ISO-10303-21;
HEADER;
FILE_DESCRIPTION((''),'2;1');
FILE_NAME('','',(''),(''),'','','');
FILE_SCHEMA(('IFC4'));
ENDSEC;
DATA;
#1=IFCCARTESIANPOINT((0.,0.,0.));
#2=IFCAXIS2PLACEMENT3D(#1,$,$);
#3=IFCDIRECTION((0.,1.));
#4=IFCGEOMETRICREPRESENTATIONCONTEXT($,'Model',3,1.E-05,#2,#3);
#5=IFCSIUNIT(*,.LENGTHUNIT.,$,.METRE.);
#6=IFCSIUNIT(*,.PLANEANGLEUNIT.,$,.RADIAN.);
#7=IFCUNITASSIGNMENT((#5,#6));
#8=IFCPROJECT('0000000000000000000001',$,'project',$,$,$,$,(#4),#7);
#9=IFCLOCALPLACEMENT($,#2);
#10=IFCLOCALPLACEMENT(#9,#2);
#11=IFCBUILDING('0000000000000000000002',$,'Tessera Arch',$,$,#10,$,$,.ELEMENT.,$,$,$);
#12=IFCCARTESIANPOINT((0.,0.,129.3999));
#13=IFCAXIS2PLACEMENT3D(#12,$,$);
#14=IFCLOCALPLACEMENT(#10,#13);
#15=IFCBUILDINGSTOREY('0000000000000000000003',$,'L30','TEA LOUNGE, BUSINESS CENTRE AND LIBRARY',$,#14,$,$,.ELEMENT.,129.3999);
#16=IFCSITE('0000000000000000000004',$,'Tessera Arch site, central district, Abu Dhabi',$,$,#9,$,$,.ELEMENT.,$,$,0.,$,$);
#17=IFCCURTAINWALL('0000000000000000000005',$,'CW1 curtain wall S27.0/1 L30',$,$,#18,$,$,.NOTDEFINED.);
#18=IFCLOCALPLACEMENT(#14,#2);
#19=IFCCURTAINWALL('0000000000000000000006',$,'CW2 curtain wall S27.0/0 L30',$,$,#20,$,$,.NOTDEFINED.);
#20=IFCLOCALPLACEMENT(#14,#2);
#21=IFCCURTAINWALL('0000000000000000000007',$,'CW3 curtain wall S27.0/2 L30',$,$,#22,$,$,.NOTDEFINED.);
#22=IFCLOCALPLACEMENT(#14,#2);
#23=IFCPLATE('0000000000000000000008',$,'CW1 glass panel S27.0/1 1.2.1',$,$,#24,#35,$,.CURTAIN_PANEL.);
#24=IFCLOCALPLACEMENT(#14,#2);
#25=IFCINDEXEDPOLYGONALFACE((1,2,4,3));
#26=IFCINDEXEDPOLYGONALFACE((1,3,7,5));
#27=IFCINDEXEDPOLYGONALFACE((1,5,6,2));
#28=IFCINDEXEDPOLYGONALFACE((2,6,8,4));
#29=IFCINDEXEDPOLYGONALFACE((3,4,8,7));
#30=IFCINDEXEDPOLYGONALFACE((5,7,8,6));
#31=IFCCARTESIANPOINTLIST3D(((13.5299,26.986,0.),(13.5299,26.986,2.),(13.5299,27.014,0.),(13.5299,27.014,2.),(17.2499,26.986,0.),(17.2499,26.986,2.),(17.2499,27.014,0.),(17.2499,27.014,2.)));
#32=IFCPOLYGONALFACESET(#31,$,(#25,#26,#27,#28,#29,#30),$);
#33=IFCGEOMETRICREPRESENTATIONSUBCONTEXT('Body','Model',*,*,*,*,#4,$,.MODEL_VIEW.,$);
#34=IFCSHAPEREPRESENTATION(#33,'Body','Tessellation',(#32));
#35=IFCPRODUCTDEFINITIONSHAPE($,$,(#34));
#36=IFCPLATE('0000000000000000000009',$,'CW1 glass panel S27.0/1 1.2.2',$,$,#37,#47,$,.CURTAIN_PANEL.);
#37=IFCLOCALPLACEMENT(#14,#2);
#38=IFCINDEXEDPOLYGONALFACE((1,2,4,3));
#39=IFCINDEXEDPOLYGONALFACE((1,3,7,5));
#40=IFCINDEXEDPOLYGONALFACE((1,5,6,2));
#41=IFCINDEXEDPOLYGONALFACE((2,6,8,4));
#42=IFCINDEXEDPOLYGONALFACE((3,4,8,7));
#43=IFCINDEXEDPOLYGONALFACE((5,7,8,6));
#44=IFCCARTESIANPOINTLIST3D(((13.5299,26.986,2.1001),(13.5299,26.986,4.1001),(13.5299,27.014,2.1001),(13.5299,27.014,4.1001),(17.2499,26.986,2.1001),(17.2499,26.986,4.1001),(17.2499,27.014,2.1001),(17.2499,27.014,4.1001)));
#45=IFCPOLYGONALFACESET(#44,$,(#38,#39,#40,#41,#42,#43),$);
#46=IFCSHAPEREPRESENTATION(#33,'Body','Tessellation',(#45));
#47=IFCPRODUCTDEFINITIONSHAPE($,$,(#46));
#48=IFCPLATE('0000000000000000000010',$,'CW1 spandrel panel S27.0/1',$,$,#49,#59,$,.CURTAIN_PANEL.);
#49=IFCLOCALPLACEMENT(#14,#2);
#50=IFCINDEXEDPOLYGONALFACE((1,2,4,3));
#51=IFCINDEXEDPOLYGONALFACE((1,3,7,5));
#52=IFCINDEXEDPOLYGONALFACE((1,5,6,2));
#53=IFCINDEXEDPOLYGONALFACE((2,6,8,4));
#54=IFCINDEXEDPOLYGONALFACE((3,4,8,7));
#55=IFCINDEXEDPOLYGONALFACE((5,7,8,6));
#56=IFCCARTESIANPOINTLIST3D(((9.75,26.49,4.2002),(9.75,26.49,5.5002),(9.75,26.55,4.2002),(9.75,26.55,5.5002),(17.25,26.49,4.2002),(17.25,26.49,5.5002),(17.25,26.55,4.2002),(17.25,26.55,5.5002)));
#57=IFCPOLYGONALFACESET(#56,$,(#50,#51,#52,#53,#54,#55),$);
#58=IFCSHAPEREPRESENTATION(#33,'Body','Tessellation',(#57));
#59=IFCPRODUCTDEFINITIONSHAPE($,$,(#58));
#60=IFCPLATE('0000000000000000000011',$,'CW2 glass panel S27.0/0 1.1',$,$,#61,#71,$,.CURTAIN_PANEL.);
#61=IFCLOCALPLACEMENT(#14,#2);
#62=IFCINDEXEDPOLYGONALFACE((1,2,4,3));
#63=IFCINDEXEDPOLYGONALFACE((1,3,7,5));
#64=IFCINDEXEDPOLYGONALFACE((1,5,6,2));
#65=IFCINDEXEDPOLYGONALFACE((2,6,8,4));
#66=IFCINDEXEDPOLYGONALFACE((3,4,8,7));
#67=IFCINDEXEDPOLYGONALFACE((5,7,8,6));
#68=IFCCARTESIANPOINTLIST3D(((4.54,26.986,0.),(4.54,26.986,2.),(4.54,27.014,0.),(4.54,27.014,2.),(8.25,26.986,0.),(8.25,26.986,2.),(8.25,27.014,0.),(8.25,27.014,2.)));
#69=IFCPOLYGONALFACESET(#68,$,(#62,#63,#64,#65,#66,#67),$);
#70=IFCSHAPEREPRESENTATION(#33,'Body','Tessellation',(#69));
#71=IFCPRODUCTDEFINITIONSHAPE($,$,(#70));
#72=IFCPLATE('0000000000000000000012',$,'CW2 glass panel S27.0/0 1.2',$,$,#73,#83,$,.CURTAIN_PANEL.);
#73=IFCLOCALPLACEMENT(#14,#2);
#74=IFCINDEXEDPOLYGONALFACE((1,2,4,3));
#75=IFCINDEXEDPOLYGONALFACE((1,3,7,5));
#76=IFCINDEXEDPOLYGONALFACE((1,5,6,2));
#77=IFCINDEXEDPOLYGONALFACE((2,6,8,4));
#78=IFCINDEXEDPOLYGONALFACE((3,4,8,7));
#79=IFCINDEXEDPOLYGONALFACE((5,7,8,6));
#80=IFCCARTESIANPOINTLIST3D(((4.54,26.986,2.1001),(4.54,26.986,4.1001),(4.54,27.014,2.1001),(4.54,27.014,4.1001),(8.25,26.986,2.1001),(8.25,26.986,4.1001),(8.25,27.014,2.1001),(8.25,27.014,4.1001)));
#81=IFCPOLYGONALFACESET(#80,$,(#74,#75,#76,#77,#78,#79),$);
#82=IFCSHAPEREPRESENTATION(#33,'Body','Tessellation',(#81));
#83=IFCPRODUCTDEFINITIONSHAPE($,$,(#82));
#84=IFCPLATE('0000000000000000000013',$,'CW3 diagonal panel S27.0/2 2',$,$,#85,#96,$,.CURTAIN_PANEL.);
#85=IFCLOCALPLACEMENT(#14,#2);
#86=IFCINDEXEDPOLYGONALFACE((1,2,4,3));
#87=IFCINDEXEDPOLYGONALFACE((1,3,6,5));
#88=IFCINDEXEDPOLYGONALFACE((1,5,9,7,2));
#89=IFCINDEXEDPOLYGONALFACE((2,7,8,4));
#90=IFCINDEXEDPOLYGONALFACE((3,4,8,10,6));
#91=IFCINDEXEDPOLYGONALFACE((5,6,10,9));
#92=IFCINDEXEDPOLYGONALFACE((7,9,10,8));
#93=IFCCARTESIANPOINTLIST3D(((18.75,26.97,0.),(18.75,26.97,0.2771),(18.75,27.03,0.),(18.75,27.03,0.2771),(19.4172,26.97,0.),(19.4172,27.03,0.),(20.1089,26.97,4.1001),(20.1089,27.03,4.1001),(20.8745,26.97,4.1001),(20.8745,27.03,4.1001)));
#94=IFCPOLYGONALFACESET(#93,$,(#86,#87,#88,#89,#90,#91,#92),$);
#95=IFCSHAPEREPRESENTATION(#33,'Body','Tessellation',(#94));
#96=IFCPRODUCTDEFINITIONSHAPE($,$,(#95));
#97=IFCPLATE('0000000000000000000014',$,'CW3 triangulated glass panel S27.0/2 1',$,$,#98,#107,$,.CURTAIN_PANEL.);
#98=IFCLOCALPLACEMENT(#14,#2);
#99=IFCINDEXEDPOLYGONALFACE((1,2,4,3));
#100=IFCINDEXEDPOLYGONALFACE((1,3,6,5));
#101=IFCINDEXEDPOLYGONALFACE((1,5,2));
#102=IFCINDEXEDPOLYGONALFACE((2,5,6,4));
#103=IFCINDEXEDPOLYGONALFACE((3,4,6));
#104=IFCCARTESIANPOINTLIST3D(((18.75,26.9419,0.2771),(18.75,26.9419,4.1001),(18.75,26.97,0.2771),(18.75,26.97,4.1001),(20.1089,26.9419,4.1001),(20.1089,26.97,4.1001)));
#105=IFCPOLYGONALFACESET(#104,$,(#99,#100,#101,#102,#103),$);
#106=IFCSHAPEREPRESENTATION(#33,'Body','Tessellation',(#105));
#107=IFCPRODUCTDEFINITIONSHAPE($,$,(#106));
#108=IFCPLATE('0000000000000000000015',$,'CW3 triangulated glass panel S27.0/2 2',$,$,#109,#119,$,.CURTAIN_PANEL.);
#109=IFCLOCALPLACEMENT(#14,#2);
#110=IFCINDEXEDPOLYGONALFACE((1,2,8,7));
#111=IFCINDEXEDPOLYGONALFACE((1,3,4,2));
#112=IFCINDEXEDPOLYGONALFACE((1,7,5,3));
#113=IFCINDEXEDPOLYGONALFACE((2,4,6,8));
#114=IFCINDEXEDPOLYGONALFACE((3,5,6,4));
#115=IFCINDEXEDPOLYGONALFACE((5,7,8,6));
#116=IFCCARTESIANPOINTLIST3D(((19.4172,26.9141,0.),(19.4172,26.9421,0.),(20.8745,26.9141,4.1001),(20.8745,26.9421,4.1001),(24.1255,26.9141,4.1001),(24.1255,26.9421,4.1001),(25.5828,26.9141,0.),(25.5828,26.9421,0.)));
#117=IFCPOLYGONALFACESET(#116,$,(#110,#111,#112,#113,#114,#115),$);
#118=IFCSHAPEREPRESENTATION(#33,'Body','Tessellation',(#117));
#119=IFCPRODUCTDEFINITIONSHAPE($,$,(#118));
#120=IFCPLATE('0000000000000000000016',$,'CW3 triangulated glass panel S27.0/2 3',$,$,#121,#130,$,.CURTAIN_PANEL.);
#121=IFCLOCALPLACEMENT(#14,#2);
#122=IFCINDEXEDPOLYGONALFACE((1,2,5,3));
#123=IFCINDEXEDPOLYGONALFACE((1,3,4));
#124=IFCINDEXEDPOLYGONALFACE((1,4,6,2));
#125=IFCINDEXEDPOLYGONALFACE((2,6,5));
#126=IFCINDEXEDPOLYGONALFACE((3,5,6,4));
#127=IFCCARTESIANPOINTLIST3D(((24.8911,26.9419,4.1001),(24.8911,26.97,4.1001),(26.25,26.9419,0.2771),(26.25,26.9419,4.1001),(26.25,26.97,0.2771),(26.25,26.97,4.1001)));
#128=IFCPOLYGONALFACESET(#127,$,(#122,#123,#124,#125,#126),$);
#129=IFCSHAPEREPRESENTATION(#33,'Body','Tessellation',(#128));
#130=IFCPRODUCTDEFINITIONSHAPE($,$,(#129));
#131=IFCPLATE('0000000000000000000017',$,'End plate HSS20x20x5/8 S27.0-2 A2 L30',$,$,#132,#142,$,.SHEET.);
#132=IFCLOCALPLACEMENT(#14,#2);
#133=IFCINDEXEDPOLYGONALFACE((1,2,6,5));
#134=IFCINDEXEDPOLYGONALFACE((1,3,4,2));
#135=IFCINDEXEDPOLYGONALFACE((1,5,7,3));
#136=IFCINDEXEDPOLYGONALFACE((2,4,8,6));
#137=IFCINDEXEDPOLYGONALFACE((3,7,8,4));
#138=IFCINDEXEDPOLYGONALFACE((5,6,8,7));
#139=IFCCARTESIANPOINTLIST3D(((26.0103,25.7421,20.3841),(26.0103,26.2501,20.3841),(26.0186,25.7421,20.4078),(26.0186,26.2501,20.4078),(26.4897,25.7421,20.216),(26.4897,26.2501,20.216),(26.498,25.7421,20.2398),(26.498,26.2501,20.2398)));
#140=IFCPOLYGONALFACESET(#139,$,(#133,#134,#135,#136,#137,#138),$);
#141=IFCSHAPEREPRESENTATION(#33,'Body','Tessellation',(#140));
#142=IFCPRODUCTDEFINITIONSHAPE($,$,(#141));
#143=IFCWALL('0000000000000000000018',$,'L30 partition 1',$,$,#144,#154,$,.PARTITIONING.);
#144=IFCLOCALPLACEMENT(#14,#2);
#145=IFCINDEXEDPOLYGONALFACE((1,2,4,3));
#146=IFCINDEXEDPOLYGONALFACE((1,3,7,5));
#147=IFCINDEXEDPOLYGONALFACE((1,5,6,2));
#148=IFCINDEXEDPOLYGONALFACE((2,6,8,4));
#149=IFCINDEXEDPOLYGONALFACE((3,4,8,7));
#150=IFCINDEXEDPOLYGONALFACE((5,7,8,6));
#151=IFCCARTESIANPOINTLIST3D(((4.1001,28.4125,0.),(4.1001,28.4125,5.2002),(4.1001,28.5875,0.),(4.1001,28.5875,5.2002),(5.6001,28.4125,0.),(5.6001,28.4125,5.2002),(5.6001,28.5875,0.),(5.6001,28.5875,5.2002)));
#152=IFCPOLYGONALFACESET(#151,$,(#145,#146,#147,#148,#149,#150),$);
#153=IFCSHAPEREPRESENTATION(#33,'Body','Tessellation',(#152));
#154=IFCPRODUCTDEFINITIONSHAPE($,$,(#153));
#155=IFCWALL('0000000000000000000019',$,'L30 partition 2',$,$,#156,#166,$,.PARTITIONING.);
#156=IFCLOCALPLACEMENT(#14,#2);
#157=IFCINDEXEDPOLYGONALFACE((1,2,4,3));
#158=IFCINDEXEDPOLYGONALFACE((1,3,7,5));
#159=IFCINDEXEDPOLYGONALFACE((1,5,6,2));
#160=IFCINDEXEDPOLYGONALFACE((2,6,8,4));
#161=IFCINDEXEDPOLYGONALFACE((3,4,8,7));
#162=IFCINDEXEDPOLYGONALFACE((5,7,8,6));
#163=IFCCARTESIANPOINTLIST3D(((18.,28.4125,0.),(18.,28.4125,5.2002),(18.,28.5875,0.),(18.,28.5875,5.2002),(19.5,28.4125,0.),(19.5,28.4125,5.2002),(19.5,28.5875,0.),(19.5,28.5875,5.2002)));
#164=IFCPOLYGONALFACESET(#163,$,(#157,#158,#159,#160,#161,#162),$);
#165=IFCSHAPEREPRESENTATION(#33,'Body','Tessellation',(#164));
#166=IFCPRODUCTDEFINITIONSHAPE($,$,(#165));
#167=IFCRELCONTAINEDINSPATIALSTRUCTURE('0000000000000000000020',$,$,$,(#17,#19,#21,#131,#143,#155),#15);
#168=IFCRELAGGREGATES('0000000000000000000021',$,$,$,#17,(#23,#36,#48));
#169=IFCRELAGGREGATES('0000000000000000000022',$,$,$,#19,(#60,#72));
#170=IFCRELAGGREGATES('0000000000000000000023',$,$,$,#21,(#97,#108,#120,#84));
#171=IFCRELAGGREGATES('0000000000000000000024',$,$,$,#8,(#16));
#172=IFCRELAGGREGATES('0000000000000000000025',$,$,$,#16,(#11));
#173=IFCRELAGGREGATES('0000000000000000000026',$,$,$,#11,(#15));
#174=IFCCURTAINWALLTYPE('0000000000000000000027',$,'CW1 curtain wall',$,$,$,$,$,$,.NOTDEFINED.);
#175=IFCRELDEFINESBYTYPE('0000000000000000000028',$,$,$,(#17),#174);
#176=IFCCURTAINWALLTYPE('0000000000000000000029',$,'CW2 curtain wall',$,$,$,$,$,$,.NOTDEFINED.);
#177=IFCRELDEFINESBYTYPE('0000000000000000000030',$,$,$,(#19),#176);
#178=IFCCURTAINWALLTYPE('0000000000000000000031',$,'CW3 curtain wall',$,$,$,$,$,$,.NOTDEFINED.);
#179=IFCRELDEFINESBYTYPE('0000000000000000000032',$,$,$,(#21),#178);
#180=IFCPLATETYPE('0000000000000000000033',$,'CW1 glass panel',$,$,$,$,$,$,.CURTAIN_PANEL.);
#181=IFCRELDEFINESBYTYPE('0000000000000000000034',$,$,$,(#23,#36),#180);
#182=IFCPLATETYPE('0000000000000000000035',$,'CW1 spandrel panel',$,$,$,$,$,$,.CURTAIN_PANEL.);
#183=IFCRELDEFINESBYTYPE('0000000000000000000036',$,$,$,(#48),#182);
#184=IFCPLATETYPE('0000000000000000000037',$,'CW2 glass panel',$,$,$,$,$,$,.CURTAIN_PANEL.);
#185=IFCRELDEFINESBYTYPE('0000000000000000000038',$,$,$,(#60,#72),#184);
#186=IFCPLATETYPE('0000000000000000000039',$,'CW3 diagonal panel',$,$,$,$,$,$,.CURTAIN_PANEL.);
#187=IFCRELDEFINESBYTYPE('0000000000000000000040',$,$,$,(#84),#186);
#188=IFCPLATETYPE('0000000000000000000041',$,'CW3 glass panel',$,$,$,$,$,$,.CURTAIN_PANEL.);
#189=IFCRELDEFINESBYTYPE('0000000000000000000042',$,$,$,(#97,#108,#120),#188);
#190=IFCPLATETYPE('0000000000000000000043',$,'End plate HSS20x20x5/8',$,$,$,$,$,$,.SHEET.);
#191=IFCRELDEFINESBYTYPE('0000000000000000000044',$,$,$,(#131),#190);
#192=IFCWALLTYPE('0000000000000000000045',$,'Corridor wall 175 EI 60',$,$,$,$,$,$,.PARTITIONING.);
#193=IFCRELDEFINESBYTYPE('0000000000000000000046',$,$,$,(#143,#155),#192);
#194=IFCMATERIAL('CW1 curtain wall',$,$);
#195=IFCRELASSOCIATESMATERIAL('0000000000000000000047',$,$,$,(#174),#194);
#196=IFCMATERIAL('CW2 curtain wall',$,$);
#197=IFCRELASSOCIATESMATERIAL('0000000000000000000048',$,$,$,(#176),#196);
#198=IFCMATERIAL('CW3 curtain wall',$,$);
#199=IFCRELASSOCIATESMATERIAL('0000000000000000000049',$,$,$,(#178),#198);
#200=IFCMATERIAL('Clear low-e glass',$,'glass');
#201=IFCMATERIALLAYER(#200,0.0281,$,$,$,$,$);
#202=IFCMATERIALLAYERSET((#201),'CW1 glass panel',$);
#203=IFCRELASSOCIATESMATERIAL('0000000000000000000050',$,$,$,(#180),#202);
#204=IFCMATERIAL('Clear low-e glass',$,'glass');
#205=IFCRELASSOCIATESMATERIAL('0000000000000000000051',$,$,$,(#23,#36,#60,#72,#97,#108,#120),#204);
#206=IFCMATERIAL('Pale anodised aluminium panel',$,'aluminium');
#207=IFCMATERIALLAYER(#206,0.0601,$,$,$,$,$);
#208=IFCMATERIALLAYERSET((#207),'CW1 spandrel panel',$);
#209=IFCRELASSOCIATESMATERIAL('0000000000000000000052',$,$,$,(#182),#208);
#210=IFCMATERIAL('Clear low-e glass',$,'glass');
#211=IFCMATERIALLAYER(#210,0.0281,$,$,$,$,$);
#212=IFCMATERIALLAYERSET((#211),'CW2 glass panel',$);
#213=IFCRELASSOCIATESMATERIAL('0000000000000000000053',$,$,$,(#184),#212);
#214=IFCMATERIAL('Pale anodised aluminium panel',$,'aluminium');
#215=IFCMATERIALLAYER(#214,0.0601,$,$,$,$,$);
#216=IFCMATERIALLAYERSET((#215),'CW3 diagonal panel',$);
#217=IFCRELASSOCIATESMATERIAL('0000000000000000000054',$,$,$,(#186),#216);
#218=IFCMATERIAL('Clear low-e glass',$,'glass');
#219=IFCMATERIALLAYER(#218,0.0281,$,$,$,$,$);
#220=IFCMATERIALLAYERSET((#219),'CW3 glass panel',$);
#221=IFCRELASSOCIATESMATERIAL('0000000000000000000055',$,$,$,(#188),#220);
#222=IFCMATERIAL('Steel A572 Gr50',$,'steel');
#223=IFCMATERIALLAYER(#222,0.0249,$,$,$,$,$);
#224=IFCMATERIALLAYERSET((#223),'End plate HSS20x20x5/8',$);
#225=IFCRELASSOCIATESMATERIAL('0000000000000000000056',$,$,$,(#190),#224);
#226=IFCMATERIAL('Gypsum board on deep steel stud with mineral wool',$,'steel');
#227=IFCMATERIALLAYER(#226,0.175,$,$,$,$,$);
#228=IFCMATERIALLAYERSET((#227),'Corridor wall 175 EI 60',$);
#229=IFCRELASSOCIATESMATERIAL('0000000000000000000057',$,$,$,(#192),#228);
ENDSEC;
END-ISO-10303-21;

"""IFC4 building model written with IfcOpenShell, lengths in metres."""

from ifc_helpers import new_model, si_unit, direction, frame, frame_2d, origin, origin_2d, place, context, subcontext, project, spatial, polyline, rectangle, outline, extrude, material, layer, layer_set, type_object, element, aggregate, save


model = new_model("IFC4")

# Units and contexts
model_context = context("Model", 3, precision=1e-05, world=origin(), true_north=direction((0.0, 1.0)))
body_context = subcontext(model_context, "Body", "Model", "MODEL_VIEW")
ifc_project = project(units=[si_unit("LENGTHUNIT", "METRE"), si_unit("PLANEANGLEUNIT", "RADIAN")], contexts=[model_context])

# Site, building, storey
site_placement = place(None, origin())
site = spatial("IfcSite", under=ifc_project, at=site_placement, Name="Tessera Arch site, central district, Abu Dhabi", CompositionType="ELEMENT", RefElevation=0.0)
building_placement = place(site_placement, origin())
building = spatial("IfcBuilding", under=site, at=building_placement, Name="Tessera Arch", CompositionType="ELEMENT")
storey_placement = place(building_placement, frame((0.0, 0.0, 129.3999)))
storey = spatial("IfcBuildingStorey", under=building, at=storey_placement, Name="L30", Description="TEA LOUNGE, BUSINESS CENTRE AND LIBRARY", CompositionType="ELEMENT", Elevation=129.3999)

# Curtain wall
ifc_material_1 = material(Name="CW1 curtain wall")
curtain_wall_type_1 = type_object("IfcCurtainWallType", Name="CW1 curtain wall", PredefinedType="NOTDEFINED", material=ifc_material_1)
curtain_wall_1_placement = place(storey_placement, origin())
curtain_wall_1 = element("IfcCurtainWall", 1, at=curtain_wall_1_placement, inside=storey, type_object=curtain_wall_type_1, Name="CW1 curtain wall S27.0/1 L30", PredefinedType="NOTDEFINED")

# Curtain walls
ifc_material_2 = material(Name="CW2 curtain wall")
curtain_wall_type_2 = type_object("IfcCurtainWallType", Name="CW2 curtain wall", PredefinedType="NOTDEFINED", material=ifc_material_2)
curtain_wall_2_placement = place(storey_placement, origin())
curtain_wall_2 = element("IfcCurtainWall", 2, at=curtain_wall_2_placement, inside=storey, type_object=curtain_wall_type_2, Name="CW2 curtain wall S27.0/0 L30", PredefinedType="NOTDEFINED")
ifc_material_3 = material(Name="CW3 curtain wall")
curtain_wall_type_3 = type_object("IfcCurtainWallType", Name="CW3 curtain wall", PredefinedType="NOTDEFINED", material=ifc_material_3)
curtain_wall_3_placement = place(storey_placement, origin())
curtain_wall_3 = element("IfcCurtainWall", 3, at=curtain_wall_3_placement, inside=storey, type_object=curtain_wall_type_3, Name="CW3 curtain wall S27.0/2 L30", PredefinedType="NOTDEFINED")

# Plates
ifc_material_4 = material(Name="Clear low-e glass", Category="glass")
ifc_material_5 = material(Name="Clear low-e glass", Category="glass")
ifc_layer_1 = layer(ifc_material_5, 0.0281)
ifc_layer_set_1 = layer_set([ifc_layer_1], Name="CW1 glass panel")
plate_type_1 = type_object("IfcPlateType", Name="CW1 glass panel", PredefinedType="CURTAIN_PANEL", material=ifc_layer_set_1)
plate_1_placement = place(storey_placement, frame((15.3899, 27.0, 0.0), z_axis=(0.0, 0.0, 1.0), x_axis=(1.0, 0.0, 0.0)))
plate_1 = element("IfcPlate", 4, at=plate_1_placement, type_object=plate_type_1, material=ifc_material_4, Name="CW1 glass panel S27.0/1 1.2.1", PredefinedType="CURTAIN_PANEL", context=body_context, shape_type="SweptSolid", body=[
    extrude(rectangle(XDim=3.72, YDim=0.0281, at=origin_2d()), origin(), (0.0, 0.0, 1.0), 2.0),
])
plate_2_placement = place(storey_placement, frame((15.3899, 27.0, 2.1001), z_axis=(0.0, 0.0, 1.0), x_axis=(1.0, 0.0, 0.0)))
plate_2 = element("IfcPlate", 5, at=plate_2_placement, type_object=plate_type_1, material=ifc_material_4, Name="CW1 glass panel S27.0/1 1.2.2", PredefinedType="CURTAIN_PANEL", context=body_context, shape_type="SweptSolid", body=[
    extrude(rectangle(XDim=3.72, YDim=0.0281, at=origin_2d()), origin(), (0.0, 0.0, 1.0), 2.0),
])
ifc_material_6 = material(Name="Pale anodised aluminium panel", Category="aluminium")
ifc_layer_2 = layer(ifc_material_6, 0.0601)
ifc_layer_set_2 = layer_set([ifc_layer_2], Name="CW1 spandrel panel")
plate_type_2 = type_object("IfcPlateType", Name="CW1 spandrel panel", PredefinedType="CURTAIN_PANEL", material=ifc_layer_set_2)
plate_3_placement = place(storey_placement, frame((13.5, 26.52, 4.2002), z_axis=(0.0, 0.0, 1.0), x_axis=(1.0, 0.0, 0.0)))
plate_3 = element("IfcPlate", 6, at=plate_3_placement, type_object=plate_type_2, Name="CW1 spandrel panel S27.0/1", PredefinedType="CURTAIN_PANEL", context=body_context, shape_type="SweptSolid", body=[
    extrude(rectangle(XDim=7.5, YDim=0.0601, at=origin_2d()), origin(), (0.0, 0.0, 1.0), 1.3),
])
aggregate(curtain_wall_1, [plate_1, plate_2, plate_3])
ifc_material_7 = material(Name="Clear low-e glass", Category="glass")
ifc_layer_3 = layer(ifc_material_7, 0.0281)
ifc_layer_set_3 = layer_set([ifc_layer_3], Name="CW2 glass panel")
plate_type_3 = type_object("IfcPlateType", Name="CW2 glass panel", PredefinedType="CURTAIN_PANEL", material=ifc_layer_set_3)
plate_4_placement = place(storey_placement, frame((6.395, 27.0, 0.0), z_axis=(0.0, 0.0, 1.0), x_axis=(1.0, 0.0, 0.0)))
plate_4 = element("IfcPlate", 7, at=plate_4_placement, type_object=plate_type_3, material=ifc_material_4, Name="CW2 glass panel S27.0/0 1.1", PredefinedType="CURTAIN_PANEL", context=body_context, shape_type="SweptSolid", body=[
    extrude(rectangle(XDim=3.71, YDim=0.0281, at=origin_2d()), origin(), (0.0, 0.0, 1.0), 2.0),
])
plate_5_placement = place(storey_placement, frame((6.395, 27.0, 2.1001), z_axis=(0.0, 0.0, 1.0), x_axis=(1.0, 0.0, 0.0)))
plate_5 = element("IfcPlate", 8, at=plate_5_placement, type_object=plate_type_3, material=ifc_material_4, Name="CW2 glass panel S27.0/0 1.2", PredefinedType="CURTAIN_PANEL", context=body_context, shape_type="SweptSolid", body=[
    extrude(rectangle(XDim=3.71, YDim=0.0281, at=origin_2d()), origin(), (0.0, 0.0, 1.0), 2.0),
])
aggregate(curtain_wall_2, [plate_4, plate_5])
ifc_material_8 = material(Name="Pale anodised aluminium panel", Category="aluminium")
ifc_layer_4 = layer(ifc_material_8, 0.0601)
ifc_layer_set_4 = layer_set([ifc_layer_4], Name="CW3 diagonal panel")
plate_type_4 = type_object("IfcPlateType", Name="CW3 diagonal panel", PredefinedType="CURTAIN_PANEL", material=ifc_layer_set_4)
plate_6_placement = place(storey_placement, frame((20.8745, 26.97, 4.1001), z_axis=(0.0, -1.0, 0.0), x_axis=(-1.0, 0.0, 0.0)))
plate_6 = element("IfcPlate", 9, at=plate_6_placement, type_object=plate_type_4, Name="CW3 diagonal panel S27.0/2 2", PredefinedType="CURTAIN_PANEL", context=body_context, shape_type="SweptSolid", body=[
    extrude(outline(polyline([(0.0, 0.0), (0.7656, 0.0), (2.1245, 3.823), (2.1245, 4.1001), (1.4573, 4.1001), (0.0, 0.0)])), origin(), (0.0, 0.0, -1.0), 0.0601),
])
ifc_material_9 = material(Name="Clear low-e glass", Category="glass")
ifc_layer_5 = layer(ifc_material_9, 0.0281)
ifc_layer_set_5 = layer_set([ifc_layer_5], Name="CW3 glass panel")
plate_type_5 = type_object("IfcPlateType", Name="CW3 glass panel", PredefinedType="CURTAIN_PANEL", material=ifc_layer_set_5)
plate_7_placement = place(storey_placement, frame((18.75, 26.9419, 4.1001), z_axis=(0.0, -1.0, 0.0), x_axis=(0.0, 0.0, -1.0)))
plate_7 = element("IfcPlate", 10, at=plate_7_placement, type_object=plate_type_5, material=ifc_material_4, Name="CW3 triangulated glass panel S27.0/2 1", PredefinedType="CURTAIN_PANEL", context=body_context, shape_type="SweptSolid", body=[
    extrude(outline(polyline([(0.0, 0.0), (3.823, 0.0), (0.0, 1.3589), (0.0, 0.0)])), origin(), (0.0, 0.0, -1.0), 0.0281),
])
plate_8_placement = place(storey_placement, frame((24.1255, 26.9141, 4.1001), z_axis=(0.0, -1.0, 0.0), x_axis=(-1.0, 0.0, 0.0)))
plate_8 = element("IfcPlate", 11, at=plate_8_placement, type_object=plate_type_5, material=ifc_material_4, Name="CW3 triangulated glass panel S27.0/2 2", PredefinedType="CURTAIN_PANEL", context=body_context, shape_type="SweptSolid", body=[
    extrude(outline(polyline([(0.0, 0.0), (3.251, 0.0), (4.7083, 4.1001), (-1.4573, 4.1001), (0.0, 0.0)])), origin(), (0.0, 0.0, -1.0), 0.0281),
])
plate_9_placement = place(storey_placement, frame((26.25, 26.9419, 4.1001), z_axis=(0.0, -1.0, 0.0), x_axis=(-1.0, 0.0, 0.0)))
plate_9 = element("IfcPlate", 12, at=plate_9_placement, type_object=plate_type_5, material=ifc_material_4, Name="CW3 triangulated glass panel S27.0/2 3", PredefinedType="CURTAIN_PANEL", context=body_context, shape_type="SweptSolid", body=[
    extrude(outline(polyline([(0.0, 0.0), (1.3589, 0.0), (0.0, 3.823), (0.0, 0.0)])), origin(), (0.0, 0.0, -1.0), 0.0281),
])
aggregate(curtain_wall_3, [plate_7, plate_8, plate_9, plate_6])
ifc_material_10 = material(Name="Steel A572 Gr50", Category="steel")
ifc_layer_6 = layer(ifc_material_10, 0.0249)
ifc_layer_set_6 = layer_set([ifc_layer_6], Name="End plate HSS20x20x5/8")
plate_type_6 = type_object("IfcPlateType", Name="End plate HSS20x20x5/8", PredefinedType="SHEET", material=ifc_layer_set_6)
plate_10_placement = place(storey_placement, frame((26.25, 25.9961, 20.3), z_axis=(0.330784, 0.0, 0.943707), x_axis=(0.0, 1.0, 0.0)))
element("IfcPlate", 13, at=plate_10_placement, inside=storey, type_object=plate_type_6, Name="End plate HSS20x20x5/8 S27.0-2 A2 L30", PredefinedType="SHEET", context=body_context, shape_type="SweptSolid", body=[
    extrude(rectangle(XDim=0.5081, YDim=0.5081, at=origin_2d()), origin(), (0.0, 0.0, 1.0), 0.0251),
])

# Walls
ifc_material_11 = material(Name="Gypsum board on deep steel stud with mineral wool", Category="steel")
ifc_layer_7 = layer(ifc_material_11, 0.175)
ifc_layer_set_7 = layer_set([ifc_layer_7], Name="Corridor wall 175 EI 60")
wall_type_1 = type_object("IfcWallType", Name="Corridor wall 175 EI 60", PredefinedType="PARTITIONING", material=ifc_layer_set_7)
for number, where, z_axis, x_axis, name in (
    (14, (4.1001, 28.5, 0.0), (0.0, 0.0, 1.0), (1.0, 0.0, 0.0), "L30 partition 1"),
    (15, (18.0, 28.5, 0.0), (0.0, 0.0, 1.0), (1.0, 0.0, 0.0), "L30 partition 2"),
):
    element("IfcWall", number, at=place(storey_placement, frame(where, z_axis=z_axis, x_axis=x_axis)), inside=storey, type_object=wall_type_1, Name=name, PredefinedType="PARTITIONING", context=body_context, shape_type="SweptSolid", body=[
        extrude(rectangle(XDim=1.5, YDim=0.175, at=frame_2d((0.75, 0.0))), origin(), (0.0, 0.0, 1.0), 5.2002),
    ])

save(model, "model.ifc")
